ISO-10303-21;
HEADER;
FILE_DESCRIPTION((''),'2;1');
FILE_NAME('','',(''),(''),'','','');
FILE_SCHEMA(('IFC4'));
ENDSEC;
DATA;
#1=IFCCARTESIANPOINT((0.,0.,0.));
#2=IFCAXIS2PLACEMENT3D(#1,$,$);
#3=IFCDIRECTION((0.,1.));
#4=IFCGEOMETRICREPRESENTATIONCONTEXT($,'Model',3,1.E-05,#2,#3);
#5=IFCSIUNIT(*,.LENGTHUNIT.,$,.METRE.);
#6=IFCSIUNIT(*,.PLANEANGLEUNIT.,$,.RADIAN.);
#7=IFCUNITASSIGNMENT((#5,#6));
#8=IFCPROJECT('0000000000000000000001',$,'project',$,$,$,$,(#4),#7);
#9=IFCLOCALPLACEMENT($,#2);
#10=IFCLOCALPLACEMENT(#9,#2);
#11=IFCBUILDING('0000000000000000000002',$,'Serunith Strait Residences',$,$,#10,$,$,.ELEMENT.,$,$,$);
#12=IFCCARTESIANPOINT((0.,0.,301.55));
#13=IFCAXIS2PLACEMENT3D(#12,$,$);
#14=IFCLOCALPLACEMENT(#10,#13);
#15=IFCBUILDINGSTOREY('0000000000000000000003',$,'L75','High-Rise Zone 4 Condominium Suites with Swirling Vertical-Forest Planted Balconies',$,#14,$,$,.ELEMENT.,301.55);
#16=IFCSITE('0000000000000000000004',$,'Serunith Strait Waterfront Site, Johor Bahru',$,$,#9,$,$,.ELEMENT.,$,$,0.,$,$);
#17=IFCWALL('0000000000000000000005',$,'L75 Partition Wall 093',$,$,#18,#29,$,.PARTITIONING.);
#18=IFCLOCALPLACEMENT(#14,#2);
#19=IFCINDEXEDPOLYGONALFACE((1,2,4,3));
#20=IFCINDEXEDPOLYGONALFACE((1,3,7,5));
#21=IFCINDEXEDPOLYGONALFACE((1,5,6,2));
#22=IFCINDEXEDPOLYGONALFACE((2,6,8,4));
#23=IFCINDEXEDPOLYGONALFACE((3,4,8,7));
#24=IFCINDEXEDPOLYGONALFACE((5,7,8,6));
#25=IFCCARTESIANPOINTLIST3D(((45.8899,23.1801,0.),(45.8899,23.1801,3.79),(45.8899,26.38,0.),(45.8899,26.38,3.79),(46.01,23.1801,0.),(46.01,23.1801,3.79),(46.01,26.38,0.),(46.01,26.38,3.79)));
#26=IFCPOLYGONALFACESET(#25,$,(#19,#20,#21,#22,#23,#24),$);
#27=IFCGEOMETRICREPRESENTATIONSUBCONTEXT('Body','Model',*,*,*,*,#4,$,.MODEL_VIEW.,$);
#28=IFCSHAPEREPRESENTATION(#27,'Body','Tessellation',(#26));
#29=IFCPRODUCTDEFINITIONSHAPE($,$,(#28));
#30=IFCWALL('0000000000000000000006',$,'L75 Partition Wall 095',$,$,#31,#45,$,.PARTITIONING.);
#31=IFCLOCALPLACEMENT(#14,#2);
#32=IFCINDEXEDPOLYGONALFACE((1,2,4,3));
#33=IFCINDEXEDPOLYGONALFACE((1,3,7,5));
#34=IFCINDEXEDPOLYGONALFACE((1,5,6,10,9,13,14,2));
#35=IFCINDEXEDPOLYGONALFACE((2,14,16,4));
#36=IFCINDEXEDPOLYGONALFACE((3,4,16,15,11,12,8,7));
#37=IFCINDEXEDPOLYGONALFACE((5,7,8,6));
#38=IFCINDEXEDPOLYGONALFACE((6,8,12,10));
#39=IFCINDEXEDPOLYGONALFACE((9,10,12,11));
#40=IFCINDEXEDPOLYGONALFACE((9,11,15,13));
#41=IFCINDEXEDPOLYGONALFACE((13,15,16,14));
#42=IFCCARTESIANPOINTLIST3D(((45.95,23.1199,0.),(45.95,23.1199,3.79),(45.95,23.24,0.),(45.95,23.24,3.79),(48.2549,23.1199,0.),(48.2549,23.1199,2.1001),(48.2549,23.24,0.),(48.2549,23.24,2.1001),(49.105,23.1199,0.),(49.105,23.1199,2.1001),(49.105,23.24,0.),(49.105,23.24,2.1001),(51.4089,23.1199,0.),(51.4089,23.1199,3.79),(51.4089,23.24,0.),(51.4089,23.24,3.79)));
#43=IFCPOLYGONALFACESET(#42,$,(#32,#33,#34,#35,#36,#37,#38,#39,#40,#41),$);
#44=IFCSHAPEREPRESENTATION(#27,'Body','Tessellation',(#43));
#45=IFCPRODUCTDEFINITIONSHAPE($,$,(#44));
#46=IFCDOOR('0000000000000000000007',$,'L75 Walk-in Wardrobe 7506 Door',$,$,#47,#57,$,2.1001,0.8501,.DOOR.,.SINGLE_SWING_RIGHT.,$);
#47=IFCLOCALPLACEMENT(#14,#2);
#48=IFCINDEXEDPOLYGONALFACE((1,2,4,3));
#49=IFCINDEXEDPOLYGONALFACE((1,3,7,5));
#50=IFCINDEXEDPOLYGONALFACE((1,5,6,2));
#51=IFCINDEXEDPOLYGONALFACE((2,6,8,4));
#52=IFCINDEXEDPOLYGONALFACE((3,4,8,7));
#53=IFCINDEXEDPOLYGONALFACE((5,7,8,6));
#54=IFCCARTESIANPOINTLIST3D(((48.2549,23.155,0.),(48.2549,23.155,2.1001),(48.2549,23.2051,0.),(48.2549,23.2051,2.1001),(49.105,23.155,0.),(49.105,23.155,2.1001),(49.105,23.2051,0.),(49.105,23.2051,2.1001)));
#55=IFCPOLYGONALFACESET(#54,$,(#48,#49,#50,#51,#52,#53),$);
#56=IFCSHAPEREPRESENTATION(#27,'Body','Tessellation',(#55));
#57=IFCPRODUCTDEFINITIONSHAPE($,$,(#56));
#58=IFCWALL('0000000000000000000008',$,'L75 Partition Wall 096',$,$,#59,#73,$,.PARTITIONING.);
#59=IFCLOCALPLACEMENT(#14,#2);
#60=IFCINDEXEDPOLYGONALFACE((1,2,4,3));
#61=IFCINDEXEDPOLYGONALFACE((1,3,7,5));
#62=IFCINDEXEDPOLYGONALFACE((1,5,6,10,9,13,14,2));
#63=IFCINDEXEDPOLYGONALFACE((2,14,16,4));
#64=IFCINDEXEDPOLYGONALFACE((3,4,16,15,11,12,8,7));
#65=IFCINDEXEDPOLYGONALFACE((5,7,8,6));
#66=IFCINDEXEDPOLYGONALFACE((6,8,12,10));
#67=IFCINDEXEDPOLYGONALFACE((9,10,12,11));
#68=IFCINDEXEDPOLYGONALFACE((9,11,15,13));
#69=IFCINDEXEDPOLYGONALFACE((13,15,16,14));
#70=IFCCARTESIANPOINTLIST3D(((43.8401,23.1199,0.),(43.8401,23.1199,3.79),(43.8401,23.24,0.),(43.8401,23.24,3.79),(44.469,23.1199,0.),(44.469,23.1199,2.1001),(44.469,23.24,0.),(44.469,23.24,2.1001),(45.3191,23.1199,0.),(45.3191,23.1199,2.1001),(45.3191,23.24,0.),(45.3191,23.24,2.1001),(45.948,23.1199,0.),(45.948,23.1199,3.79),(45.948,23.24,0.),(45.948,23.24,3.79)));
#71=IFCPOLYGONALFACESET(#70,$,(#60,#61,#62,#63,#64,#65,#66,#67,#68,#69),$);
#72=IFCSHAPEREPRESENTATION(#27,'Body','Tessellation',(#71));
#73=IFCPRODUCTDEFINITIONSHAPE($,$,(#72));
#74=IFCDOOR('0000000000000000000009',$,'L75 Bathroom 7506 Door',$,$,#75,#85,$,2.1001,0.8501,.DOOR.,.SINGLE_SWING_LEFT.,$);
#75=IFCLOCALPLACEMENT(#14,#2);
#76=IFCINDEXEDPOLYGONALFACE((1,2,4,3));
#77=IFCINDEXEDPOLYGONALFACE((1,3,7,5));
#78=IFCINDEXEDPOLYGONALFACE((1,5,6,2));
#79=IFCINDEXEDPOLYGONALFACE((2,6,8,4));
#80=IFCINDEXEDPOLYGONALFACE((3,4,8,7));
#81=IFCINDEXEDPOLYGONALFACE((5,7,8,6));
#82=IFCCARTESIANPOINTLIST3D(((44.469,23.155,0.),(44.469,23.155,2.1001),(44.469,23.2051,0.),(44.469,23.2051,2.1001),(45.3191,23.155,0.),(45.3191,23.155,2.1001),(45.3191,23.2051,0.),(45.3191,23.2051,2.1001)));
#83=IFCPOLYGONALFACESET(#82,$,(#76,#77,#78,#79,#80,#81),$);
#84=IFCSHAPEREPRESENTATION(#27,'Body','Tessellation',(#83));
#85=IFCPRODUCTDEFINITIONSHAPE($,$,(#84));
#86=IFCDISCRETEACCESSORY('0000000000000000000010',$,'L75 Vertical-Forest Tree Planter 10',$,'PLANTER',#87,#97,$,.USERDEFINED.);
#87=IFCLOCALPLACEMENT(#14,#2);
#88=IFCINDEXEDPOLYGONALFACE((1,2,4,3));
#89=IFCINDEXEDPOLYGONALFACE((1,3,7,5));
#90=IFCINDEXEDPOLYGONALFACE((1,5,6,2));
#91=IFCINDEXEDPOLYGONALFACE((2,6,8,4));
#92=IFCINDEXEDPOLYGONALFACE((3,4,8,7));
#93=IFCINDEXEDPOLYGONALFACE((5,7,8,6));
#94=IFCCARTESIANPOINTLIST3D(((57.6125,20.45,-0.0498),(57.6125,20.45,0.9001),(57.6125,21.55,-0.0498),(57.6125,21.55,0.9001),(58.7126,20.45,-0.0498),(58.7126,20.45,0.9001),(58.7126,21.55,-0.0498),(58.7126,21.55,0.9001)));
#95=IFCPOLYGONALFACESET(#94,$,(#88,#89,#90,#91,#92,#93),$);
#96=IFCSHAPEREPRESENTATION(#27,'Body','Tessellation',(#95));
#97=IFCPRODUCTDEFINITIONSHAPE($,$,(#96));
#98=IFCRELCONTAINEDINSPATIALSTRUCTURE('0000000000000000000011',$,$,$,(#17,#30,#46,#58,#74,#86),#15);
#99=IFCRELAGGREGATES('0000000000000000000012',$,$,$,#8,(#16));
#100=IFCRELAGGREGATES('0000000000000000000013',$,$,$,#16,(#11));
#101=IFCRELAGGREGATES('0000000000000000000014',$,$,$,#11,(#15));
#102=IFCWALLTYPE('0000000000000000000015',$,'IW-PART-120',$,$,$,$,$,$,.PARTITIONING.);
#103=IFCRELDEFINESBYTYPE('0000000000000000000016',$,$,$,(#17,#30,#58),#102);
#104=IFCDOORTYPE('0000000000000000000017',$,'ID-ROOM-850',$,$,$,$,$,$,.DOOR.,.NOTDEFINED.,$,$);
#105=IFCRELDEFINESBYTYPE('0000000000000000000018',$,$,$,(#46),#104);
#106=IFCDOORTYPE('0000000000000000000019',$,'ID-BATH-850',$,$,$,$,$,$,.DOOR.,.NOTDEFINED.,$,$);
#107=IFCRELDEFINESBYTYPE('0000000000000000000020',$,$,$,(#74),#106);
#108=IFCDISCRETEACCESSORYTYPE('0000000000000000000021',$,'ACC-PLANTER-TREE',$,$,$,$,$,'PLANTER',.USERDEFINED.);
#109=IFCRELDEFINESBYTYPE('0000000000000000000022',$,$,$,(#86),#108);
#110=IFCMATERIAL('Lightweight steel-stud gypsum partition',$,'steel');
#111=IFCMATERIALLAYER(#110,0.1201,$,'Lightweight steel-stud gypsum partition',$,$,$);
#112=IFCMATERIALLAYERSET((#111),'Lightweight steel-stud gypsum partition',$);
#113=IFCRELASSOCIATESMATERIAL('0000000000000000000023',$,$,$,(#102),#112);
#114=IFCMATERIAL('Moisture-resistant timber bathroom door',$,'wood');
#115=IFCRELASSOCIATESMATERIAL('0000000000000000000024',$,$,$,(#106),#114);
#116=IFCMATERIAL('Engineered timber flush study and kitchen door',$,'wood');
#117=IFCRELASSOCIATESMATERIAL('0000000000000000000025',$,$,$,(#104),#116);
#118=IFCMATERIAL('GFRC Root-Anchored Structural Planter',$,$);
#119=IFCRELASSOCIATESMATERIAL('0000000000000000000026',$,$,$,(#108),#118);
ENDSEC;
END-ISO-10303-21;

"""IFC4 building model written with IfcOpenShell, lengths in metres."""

from ifc_helpers import new_model, si_unit, direction, frame, frame_2d, origin, origin_2d, place, context, subcontext, project, spatial, rectangle, extrude, source, transform, mapped, material, layer, layer_set, type_object, element, fill, save


model = new_model("IFC4")

# Units and contexts
model_context = context("Model", 3, precision=1e-05, world=origin(), true_north=direction((0.0, 1.0)))
body_context = subcontext(model_context, "Body", "Model", "MODEL_VIEW")
ifc_project = project(units=[si_unit("LENGTHUNIT", "METRE"), si_unit("PLANEANGLEUNIT", "RADIAN")], contexts=[model_context])

# Site, building, storey
site_placement = place(None, origin())
site = spatial("IfcSite", under=ifc_project, at=site_placement, Name="Serunith Strait Waterfront Site, Johor Bahru", CompositionType="ELEMENT", RefElevation=0.0)
building_placement = place(site_placement, origin())
building = spatial("IfcBuilding", under=site, at=building_placement, Name="Serunith Strait Residences", CompositionType="ELEMENT")
storey_placement = place(building_placement, frame((0.0, 0.0, 301.55)))
storey = spatial("IfcBuildingStorey", under=building, at=storey_placement, Name="L75", Description="High-Rise Zone 4 Condominium Suites with Swirling Vertical-Forest Planted Balconies", CompositionType="ELEMENT", Elevation=301.55)

# Shared definitions
ifc_material_1 = material(Name="Lightweight steel-stud gypsum partition", Category="steel")
ifc_layer_1 = layer(ifc_material_1, 0.1201, Name="Lightweight steel-stud gypsum partition")
ifc_layer_set_1 = layer_set([ifc_layer_1], Name="Lightweight steel-stud gypsum partition")
wall_type_1 = type_object("IfcWallType", Name="IW-PART-120", PredefinedType="PARTITIONING", material=ifc_layer_set_1)

# Shared definitions
ifc_material_2 = material(Name="Moisture-resistant timber bathroom door", Category="wood")
door_type_1 = type_object("IfcDoorType", Name="ID-BATH-850", OperationType="NOTDEFINED", PredefinedType="DOOR", material=ifc_material_2)
shared_shape_1 = source(origin(), body_context, "Body", "SweptSolid", [
    extrude(rectangle(XDim=0.8501, YDim=2.1001, at=frame_2d((0.425, 1.05))), frame((0.0, 0.0249, 0.0), z_axis=(0.0, -1.0, 0.0), x_axis=(1.0, 0.0, 0.0)), (0.0, 0.0, 1.0), 0.05),
])
ifc_material_3 = material(Name="Engineered timber flush study and kitchen door", Category="wood")
door_type_2 = type_object("IfcDoorType", Name="ID-ROOM-850", OperationType="NOTDEFINED", PredefinedType="DOOR", material=ifc_material_3)

# Wall
wall_1_placement = place(storey_placement, frame((45.95, 23.1799, 0.0), z_axis=(0.0, 0.0, 1.0), x_axis=(0.0, 1.0, 0.0)))
element("IfcWall", 1, at=wall_1_placement, inside=storey, type_object=wall_type_1, Name="L75 Partition Wall 093", PredefinedType="PARTITIONING", context=body_context, shape_type="SweptSolid", body=[
    extrude(rectangle(XDim=3.2, YDim=0.1201, at=frame_2d((1.6001, 0.0))), origin(), (0.0, 0.0, 1.0), 3.79),
])

# Walls, openings, doors
wall_2_placement = place(storey_placement, frame((51.4089, 23.1799, 0.0), z_axis=(0.0, 0.0, 1.0), x_axis=(-1.0, 0.0, 0.0)))
wall_2 = element("IfcWall", 2, at=wall_2_placement, inside=storey, type_object=wall_type_1, Name="L75 Partition Wall 095", PredefinedType="PARTITIONING", context=body_context, shape_type="SweptSolid", body=[
    extrude(rectangle(XDim=5.459, YDim=0.1201, at=frame_2d((2.7295, 0.0))), origin(), (0.0, 0.0, 1.0), 3.79),
])
opening_1_placement = place(wall_2_placement, frame((2.304, 0.0, 0.0)))
opening_1 = element("IfcOpeningElement", 3, at=opening_1_placement, cuts=wall_2, PredefinedType="OPENING", context=body_context, shape_type="SweptSolid", body=[
    extrude(rectangle(XDim=0.8501, YDim=2.1001, at=frame_2d((0.425, 1.05))), frame((0.0, 0.0701, 0.0), z_axis=(0.0, -1.0, 0.0), x_axis=(1.0, 0.0, 0.0)), (0.0, 0.0, 1.0), 0.1401),
])
door_1_placement = place(opening_1_placement, origin())
door_1 = element("IfcDoor", 4, at=door_1_placement, inside=storey, type_object=door_type_2, Name="L75 Walk-in Wardrobe 7506 Door", OperationType="SINGLE_SWING_RIGHT", OverallHeight=2.1001, OverallWidth=0.8501, PredefinedType="DOOR", context=body_context, shape_type="MappedRepresentation", body=[
    mapped(shared_shape_1, transform((0.0, 0.0, 0.0), scale=1.0)),
])
fill(opening_1, door_1)
wall_3_placement = place(storey_placement, frame((45.948, 23.1799, 0.0), z_axis=(0.0, 0.0, 1.0), x_axis=(-1.0, 0.0, 0.0)))
wall_3 = element("IfcWall", 5, at=wall_3_placement, inside=storey, type_object=wall_type_1, Name="L75 Partition Wall 096", PredefinedType="PARTITIONING", context=body_context, shape_type="SweptSolid", body=[
    extrude(rectangle(XDim=2.1079, YDim=0.1201, at=frame_2d((1.054, 0.0))), origin(), (0.0, 0.0, 1.0), 3.79),
])
opening_2_placement = place(wall_3_placement, frame((0.6289, 0.0, 0.0)))
opening_2 = element("IfcOpeningElement", 6, at=opening_2_placement, cuts=wall_3, PredefinedType="OPENING", context=body_context, shape_type="SweptSolid", body=[
    extrude(rectangle(XDim=0.8501, YDim=2.1001, at=frame_2d((0.425, 1.05))), frame((0.0, 0.0701, 0.0), z_axis=(0.0, -1.0, 0.0), x_axis=(1.0, 0.0, 0.0)), (0.0, 0.0, 1.0), 0.1401),
])
door_2_placement = place(opening_2_placement, origin())
door_2 = element("IfcDoor", 7, at=door_2_placement, inside=storey, type_object=door_type_1, Name="L75 Bathroom 7506 Door", OperationType="SINGLE_SWING_LEFT", OverallHeight=2.1001, OverallWidth=0.8501, PredefinedType="DOOR", context=body_context, shape_type="MappedRepresentation", body=[
    mapped(shared_shape_1, transform((0.0, 0.0, 0.0), scale=1.0)),
])
fill(opening_2, door_2)

# Discrete accessory
ifc_material_4 = material(Name="GFRC Root-Anchored Structural Planter")
discrete_accessory_type = type_object("IfcDiscreteAccessoryType", Name="ACC-PLANTER-TREE", ElementType="PLANTER", PredefinedType="USERDEFINED", material=ifc_material_4)
shared_shape_2 = source(origin(), body_context, "Body", "SweptSolid", [
    extrude(rectangle(XDim=1.1001, YDim=1.1001, at=origin_2d()), origin(), (0.0, 0.0, 1.0), 0.95),
])
discrete_accessory_placement = place(storey_placement, frame((58.1626, 21.0, -0.0498), z_axis=(0.0, 0.0, 1.0), x_axis=(0.0, 1.0, 0.0)))
element("IfcDiscreteAccessory", 8, at=discrete_accessory_placement, inside=storey, type_object=discrete_accessory_type, Name="L75 Vertical-Forest Tree Planter 10", ObjectType="PLANTER", PredefinedType="USERDEFINED", context=body_context, shape_type="MappedRepresentation", body=[
    mapped(shared_shape_2, transform((0.0, 0.0, 0.0), scale=1.0)),
])

save(model, "model.ifc")
